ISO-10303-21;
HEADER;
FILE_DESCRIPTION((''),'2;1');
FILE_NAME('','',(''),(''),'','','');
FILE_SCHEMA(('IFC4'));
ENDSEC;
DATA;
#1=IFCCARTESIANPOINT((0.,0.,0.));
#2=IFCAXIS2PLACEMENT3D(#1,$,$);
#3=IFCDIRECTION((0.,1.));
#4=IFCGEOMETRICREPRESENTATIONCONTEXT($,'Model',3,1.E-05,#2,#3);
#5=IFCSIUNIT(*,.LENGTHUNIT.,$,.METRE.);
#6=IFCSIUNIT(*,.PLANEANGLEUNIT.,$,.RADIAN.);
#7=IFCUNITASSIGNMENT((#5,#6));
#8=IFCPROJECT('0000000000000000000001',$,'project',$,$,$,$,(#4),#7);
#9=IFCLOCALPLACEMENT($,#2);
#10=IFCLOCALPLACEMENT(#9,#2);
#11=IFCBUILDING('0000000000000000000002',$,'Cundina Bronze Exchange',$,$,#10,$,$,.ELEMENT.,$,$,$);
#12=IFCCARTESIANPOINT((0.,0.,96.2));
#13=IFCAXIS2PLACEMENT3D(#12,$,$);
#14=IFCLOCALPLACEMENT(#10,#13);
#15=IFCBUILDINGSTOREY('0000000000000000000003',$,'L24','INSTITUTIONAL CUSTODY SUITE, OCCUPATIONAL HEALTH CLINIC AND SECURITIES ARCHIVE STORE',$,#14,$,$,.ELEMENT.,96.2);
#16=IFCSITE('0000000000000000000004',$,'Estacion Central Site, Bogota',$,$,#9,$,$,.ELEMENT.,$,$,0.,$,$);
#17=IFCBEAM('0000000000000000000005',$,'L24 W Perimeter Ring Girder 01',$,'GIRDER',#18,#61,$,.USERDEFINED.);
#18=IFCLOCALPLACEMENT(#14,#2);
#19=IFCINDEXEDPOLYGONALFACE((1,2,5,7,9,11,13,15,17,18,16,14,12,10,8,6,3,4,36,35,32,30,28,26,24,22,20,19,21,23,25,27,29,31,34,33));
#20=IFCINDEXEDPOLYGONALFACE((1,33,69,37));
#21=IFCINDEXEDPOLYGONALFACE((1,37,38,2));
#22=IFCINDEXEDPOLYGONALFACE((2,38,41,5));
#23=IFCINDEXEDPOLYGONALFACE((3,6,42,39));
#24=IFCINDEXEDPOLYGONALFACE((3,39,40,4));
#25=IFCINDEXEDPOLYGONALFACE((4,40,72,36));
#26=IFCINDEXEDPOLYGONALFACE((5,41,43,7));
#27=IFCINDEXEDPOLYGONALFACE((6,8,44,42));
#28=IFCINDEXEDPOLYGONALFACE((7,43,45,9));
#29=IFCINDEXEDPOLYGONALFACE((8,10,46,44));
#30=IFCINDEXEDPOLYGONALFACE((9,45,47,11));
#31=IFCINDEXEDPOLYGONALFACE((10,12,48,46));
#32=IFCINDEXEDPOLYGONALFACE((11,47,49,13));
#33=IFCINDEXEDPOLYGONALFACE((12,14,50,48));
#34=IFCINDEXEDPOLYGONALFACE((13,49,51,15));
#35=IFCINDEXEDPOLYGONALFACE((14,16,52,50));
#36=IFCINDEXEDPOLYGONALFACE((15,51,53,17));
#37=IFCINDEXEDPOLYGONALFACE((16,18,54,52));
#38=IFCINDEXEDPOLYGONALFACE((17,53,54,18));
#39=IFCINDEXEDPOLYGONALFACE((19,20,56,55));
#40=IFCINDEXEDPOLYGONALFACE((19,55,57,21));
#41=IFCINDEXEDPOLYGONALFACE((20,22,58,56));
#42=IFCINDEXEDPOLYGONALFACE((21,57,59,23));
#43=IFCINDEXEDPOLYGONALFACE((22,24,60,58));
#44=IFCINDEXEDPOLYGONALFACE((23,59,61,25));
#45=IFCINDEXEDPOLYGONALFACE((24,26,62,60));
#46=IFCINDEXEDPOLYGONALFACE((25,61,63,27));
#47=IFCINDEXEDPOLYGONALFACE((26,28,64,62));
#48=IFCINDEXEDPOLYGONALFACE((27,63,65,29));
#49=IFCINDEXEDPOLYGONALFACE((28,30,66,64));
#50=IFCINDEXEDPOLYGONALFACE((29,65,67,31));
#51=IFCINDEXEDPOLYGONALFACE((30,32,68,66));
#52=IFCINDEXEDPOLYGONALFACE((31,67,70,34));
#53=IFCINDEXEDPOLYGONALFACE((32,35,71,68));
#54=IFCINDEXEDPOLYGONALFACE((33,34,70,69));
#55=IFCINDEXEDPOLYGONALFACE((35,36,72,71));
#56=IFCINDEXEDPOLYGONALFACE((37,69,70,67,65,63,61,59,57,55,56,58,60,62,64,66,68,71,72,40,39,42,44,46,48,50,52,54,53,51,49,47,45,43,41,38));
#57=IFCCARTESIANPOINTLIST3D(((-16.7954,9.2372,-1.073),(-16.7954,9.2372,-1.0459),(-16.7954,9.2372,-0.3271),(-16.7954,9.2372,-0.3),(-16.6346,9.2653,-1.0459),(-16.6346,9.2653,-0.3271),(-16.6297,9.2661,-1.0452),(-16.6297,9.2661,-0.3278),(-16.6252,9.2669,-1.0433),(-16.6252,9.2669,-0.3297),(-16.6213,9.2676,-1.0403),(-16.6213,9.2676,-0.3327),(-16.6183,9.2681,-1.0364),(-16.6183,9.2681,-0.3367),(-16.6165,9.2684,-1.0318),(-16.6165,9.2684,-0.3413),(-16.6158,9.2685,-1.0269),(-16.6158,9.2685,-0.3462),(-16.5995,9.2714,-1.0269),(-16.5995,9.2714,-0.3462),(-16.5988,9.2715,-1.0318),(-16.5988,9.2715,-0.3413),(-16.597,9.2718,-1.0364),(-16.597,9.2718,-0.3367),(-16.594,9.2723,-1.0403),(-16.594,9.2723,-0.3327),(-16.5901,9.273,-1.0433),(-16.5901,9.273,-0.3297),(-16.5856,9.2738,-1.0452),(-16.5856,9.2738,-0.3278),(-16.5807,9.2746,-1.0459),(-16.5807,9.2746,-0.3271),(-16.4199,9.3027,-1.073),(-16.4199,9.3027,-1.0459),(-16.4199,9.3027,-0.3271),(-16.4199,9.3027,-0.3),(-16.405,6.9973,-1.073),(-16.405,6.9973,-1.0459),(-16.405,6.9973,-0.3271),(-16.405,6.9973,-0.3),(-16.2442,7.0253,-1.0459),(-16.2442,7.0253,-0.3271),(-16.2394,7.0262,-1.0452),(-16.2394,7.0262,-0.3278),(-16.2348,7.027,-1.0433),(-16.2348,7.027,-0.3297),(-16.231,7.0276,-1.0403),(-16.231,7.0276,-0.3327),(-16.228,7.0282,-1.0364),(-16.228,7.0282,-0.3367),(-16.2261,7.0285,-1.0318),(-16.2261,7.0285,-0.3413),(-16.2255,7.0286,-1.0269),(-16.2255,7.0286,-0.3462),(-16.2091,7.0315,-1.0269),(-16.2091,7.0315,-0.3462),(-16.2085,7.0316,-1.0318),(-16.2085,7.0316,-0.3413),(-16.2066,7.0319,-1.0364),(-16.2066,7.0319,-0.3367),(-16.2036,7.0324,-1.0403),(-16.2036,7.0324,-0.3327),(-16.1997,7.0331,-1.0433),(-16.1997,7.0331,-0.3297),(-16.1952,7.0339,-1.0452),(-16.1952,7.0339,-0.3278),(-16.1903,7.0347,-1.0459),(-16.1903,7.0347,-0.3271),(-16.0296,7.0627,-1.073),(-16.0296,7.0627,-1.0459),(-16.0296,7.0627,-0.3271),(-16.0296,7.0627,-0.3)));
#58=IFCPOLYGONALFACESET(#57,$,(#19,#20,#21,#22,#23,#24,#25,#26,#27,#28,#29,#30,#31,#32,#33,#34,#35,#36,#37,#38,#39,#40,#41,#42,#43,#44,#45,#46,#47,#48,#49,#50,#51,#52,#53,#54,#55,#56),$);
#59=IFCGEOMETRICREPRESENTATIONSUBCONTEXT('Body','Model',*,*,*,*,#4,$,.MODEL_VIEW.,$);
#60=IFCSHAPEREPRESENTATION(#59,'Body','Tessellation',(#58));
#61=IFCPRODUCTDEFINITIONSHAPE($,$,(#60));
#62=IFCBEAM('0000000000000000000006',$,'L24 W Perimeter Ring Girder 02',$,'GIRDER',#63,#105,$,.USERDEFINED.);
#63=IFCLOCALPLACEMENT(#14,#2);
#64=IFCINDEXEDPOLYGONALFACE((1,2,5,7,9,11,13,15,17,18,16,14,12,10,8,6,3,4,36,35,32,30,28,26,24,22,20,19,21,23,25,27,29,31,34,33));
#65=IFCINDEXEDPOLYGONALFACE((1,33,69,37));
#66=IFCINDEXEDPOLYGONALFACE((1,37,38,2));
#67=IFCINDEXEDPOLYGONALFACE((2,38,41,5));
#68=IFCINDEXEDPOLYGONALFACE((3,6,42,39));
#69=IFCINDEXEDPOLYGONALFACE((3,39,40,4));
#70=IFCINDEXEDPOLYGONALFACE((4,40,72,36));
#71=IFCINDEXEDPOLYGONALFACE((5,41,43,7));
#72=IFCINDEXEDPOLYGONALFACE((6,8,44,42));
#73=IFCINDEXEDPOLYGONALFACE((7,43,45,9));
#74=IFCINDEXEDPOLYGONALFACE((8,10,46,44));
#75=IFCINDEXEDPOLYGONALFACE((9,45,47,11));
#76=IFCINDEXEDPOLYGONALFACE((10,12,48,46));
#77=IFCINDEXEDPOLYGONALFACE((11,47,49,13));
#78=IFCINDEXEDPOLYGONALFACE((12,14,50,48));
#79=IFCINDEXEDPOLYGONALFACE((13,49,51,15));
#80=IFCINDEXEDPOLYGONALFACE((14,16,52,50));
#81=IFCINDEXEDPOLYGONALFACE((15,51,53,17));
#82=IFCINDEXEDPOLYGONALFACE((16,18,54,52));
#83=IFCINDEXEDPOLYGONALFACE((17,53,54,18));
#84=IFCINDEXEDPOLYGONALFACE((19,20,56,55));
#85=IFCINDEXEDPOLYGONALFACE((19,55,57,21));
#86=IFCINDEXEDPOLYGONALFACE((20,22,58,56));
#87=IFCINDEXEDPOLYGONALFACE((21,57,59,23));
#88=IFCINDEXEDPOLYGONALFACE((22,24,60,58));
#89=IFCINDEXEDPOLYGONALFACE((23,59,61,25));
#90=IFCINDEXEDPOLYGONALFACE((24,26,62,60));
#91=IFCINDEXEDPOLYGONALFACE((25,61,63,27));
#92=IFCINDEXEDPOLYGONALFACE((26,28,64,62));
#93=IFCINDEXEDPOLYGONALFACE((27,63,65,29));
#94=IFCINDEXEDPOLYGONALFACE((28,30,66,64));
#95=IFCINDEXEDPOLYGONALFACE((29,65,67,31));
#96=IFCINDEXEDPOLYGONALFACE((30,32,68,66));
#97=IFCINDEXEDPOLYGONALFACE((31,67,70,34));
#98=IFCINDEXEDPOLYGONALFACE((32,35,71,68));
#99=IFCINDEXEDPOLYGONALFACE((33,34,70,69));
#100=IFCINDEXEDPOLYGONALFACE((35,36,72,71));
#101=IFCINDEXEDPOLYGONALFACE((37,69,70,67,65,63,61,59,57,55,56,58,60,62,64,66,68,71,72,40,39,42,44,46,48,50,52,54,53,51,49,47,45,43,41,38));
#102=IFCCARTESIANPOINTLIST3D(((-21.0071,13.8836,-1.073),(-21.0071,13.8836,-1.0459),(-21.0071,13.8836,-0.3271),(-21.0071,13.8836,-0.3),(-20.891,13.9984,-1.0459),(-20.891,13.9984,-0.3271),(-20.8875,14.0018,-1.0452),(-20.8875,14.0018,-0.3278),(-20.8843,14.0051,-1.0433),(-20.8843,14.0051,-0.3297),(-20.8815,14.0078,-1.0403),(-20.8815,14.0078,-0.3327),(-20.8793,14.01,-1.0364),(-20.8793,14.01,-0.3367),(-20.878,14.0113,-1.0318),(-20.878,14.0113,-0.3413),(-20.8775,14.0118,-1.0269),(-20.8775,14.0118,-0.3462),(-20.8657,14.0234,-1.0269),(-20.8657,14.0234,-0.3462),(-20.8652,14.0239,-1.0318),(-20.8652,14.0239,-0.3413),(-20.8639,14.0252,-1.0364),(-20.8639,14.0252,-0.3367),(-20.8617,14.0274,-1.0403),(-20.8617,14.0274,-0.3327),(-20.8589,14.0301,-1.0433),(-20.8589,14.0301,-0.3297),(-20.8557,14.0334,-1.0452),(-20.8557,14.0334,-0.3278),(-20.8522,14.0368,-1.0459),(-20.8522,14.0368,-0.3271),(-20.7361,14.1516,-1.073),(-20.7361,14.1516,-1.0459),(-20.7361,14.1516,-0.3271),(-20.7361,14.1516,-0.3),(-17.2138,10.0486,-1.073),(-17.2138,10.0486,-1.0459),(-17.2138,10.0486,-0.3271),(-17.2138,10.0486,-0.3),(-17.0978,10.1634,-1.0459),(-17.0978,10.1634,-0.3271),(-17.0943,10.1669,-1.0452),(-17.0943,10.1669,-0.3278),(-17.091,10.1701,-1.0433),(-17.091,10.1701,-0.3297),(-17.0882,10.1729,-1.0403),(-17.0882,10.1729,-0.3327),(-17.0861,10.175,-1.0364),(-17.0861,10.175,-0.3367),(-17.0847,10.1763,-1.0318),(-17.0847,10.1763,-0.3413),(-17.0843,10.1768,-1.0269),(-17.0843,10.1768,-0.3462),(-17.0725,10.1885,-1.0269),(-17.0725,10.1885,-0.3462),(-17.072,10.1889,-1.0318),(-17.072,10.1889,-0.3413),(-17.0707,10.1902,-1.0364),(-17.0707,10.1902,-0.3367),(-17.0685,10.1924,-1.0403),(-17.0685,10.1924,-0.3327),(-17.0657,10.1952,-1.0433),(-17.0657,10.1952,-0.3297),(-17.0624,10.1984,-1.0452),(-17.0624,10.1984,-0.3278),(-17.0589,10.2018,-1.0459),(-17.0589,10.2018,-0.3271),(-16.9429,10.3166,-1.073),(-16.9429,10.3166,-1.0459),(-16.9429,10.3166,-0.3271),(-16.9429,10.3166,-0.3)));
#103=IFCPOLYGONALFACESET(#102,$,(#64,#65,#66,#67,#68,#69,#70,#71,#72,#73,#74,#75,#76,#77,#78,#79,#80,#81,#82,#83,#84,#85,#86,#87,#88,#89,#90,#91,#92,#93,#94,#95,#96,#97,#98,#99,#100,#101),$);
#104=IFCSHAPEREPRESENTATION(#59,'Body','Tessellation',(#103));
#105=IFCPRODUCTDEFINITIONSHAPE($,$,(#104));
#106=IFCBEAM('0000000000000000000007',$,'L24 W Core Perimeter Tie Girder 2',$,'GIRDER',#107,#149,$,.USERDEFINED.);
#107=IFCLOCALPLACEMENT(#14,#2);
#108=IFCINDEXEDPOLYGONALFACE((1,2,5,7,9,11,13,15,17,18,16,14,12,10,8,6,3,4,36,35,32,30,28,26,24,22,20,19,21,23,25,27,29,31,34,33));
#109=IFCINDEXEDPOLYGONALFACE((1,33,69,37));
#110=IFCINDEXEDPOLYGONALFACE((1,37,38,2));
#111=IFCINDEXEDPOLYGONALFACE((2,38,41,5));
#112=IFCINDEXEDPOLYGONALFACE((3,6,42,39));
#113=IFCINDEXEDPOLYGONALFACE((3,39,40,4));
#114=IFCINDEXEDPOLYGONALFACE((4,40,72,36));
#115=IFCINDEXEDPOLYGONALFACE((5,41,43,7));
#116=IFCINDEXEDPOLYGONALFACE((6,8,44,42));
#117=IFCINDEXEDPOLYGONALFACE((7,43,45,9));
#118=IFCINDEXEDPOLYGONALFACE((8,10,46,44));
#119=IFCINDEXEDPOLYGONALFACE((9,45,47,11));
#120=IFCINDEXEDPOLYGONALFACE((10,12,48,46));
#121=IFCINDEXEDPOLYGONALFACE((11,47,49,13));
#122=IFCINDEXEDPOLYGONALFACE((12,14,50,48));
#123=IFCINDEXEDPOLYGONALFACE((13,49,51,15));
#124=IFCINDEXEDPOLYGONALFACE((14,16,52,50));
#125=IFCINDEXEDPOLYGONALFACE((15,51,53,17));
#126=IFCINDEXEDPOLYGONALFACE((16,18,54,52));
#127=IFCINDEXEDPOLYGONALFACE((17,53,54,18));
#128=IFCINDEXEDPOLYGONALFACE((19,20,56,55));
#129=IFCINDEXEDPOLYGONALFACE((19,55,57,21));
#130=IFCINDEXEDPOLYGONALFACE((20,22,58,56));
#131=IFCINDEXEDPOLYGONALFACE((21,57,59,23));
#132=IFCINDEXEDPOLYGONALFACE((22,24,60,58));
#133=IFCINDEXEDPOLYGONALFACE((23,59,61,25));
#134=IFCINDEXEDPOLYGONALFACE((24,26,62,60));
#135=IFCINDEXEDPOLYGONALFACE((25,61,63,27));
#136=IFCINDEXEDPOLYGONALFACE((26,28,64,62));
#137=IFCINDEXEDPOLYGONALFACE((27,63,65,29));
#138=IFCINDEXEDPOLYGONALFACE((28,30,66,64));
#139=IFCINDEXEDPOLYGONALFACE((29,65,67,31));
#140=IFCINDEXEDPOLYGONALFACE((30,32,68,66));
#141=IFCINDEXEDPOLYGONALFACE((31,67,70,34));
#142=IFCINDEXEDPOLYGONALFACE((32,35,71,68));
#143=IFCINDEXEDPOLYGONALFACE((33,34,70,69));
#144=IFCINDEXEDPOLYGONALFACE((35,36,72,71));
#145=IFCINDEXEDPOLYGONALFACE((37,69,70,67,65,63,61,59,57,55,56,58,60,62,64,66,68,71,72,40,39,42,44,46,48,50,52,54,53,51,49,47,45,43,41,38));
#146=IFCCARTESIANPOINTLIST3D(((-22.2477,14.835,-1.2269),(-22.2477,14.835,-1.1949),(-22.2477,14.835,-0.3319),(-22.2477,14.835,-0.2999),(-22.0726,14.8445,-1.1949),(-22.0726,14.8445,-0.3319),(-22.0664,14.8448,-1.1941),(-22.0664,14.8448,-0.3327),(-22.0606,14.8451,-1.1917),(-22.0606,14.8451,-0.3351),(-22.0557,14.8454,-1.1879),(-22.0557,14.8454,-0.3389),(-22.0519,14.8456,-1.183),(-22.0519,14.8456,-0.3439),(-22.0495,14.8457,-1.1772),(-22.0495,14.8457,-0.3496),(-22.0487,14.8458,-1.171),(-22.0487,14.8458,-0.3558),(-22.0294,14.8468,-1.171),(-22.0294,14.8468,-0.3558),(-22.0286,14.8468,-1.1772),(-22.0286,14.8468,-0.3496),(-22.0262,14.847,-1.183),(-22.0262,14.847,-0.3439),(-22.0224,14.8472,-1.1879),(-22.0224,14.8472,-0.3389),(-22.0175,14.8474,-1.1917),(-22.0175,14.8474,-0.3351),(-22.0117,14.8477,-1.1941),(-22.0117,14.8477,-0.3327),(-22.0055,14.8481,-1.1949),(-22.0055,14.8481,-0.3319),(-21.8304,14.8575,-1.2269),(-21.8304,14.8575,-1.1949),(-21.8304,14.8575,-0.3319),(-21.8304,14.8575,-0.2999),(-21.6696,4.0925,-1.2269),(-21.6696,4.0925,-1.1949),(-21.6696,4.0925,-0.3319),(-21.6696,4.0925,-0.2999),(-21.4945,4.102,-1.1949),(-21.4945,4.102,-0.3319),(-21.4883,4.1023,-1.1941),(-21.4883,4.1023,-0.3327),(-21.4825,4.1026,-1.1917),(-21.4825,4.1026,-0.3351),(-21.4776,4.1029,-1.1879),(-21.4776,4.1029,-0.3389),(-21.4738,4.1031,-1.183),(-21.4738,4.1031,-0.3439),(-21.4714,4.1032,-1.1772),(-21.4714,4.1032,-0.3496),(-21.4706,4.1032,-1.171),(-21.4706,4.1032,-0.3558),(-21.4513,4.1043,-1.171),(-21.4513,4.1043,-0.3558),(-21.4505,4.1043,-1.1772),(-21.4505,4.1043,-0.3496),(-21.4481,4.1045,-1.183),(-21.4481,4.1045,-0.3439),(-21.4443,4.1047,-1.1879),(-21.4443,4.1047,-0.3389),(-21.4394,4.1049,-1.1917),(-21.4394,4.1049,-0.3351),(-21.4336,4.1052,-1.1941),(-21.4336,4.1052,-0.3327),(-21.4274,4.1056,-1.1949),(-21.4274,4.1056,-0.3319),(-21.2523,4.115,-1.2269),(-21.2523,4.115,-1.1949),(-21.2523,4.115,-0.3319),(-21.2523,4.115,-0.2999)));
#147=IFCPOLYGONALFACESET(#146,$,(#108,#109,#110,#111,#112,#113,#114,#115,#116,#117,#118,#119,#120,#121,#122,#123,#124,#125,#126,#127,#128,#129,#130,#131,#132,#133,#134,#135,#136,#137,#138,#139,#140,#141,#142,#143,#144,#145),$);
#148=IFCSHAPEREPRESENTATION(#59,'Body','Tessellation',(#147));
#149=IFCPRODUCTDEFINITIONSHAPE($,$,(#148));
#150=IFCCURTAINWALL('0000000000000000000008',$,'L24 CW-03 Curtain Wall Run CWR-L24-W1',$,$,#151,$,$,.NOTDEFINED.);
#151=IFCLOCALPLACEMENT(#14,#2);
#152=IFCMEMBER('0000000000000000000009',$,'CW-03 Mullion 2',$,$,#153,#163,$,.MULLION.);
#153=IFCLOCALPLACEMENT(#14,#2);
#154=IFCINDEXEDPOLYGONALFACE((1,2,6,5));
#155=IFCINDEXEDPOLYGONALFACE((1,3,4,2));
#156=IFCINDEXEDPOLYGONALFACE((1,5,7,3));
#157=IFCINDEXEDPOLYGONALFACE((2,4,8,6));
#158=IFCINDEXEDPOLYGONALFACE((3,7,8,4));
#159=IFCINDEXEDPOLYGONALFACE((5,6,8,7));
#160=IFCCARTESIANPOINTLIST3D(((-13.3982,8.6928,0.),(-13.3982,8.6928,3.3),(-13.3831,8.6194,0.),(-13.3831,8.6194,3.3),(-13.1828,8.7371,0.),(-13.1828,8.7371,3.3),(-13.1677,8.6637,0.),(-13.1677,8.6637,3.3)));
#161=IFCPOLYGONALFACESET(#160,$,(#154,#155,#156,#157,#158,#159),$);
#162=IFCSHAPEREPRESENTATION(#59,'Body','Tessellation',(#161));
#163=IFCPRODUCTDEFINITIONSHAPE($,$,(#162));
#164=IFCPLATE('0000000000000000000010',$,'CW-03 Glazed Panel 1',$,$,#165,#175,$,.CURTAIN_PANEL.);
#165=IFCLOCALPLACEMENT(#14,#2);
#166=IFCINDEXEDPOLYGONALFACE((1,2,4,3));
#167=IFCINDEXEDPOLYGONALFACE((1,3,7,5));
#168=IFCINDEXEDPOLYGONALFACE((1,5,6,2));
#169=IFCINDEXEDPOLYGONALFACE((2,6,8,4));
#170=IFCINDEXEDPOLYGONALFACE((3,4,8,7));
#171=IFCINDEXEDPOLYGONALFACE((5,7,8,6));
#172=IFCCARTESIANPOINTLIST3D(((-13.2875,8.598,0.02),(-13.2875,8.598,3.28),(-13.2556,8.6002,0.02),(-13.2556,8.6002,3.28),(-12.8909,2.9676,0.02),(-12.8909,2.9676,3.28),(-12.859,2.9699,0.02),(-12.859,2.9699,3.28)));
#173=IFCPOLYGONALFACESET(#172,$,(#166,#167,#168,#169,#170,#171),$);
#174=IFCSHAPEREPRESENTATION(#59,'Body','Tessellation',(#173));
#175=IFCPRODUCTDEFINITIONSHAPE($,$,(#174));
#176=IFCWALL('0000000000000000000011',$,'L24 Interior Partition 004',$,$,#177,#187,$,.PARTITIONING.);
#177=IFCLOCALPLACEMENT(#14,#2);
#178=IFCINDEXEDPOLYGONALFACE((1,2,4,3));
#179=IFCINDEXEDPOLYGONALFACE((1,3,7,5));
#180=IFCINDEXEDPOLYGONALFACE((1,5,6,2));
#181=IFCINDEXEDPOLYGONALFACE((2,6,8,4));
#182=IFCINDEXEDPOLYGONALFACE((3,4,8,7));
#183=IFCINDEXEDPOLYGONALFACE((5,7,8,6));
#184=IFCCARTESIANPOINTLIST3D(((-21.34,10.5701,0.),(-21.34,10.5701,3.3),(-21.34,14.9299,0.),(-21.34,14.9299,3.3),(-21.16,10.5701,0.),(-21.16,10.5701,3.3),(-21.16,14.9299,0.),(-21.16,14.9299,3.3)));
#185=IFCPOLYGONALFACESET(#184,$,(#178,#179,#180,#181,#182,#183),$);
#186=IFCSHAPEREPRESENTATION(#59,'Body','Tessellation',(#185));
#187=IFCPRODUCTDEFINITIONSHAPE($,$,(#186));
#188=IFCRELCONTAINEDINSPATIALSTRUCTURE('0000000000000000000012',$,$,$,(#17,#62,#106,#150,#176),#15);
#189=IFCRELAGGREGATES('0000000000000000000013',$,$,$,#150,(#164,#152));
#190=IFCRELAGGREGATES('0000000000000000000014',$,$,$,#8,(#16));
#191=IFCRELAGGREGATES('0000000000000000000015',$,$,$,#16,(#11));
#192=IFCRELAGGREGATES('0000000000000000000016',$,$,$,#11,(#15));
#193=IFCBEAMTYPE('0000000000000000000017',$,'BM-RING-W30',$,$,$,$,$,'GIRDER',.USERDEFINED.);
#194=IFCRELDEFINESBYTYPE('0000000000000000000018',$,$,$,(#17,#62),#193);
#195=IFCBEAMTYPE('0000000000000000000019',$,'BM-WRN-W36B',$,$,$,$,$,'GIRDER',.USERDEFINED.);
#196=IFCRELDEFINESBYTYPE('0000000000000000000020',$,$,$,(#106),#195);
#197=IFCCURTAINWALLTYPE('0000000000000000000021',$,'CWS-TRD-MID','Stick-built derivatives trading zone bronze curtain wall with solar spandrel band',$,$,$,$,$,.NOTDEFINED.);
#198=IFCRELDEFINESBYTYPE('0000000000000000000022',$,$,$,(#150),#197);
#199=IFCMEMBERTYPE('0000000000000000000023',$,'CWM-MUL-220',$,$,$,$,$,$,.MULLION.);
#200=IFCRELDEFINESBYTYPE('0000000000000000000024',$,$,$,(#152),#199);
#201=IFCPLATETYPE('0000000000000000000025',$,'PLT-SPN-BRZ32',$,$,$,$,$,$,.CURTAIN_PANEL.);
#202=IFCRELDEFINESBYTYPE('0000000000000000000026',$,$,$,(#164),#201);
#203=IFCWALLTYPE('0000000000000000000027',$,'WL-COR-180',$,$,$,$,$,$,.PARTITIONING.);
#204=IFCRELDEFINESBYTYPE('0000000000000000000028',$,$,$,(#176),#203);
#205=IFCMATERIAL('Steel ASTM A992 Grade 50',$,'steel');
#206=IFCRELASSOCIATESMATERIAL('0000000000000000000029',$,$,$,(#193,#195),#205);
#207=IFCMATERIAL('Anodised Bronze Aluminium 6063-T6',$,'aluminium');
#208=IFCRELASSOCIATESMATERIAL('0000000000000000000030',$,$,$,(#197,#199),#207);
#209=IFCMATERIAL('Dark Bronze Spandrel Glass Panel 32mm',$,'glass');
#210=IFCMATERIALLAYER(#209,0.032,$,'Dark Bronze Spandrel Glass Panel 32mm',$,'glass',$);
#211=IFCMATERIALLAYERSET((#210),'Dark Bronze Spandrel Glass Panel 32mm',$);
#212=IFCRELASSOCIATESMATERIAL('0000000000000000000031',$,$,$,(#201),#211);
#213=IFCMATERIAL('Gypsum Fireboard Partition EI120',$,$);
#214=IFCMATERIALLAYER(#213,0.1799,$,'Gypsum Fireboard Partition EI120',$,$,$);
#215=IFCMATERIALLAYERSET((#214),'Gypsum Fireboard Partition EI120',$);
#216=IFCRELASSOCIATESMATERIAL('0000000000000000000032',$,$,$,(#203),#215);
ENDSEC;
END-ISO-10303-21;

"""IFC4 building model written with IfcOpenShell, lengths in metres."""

from ifc_helpers import new_model, si_unit, direction, frame, frame_2d, origin, origin_2d, place, context, subcontext, project, spatial, rectangle, i_section, extrude, material, layer, layer_set, material_profile, profile_set, type_object, element, aggregate, save


model = new_model("IFC4")

# Units and contexts
model_context = context("Model", 3, precision=1e-05, world=origin(), true_north=direction((0.0, 1.0)))
body_context = subcontext(model_context, "Body", "Model", "MODEL_VIEW")
ifc_project = project(units=[si_unit("LENGTHUNIT", "METRE"), si_unit("PLANEANGLEUNIT", "RADIAN")], contexts=[model_context])

# Site, building, storey
site_placement = place(None, origin())
site = spatial("IfcSite", under=ifc_project, at=site_placement, Name="Estacion Central Site, Bogota", CompositionType="ELEMENT", RefElevation=0.0)
building_placement = place(site_placement, origin())
building = spatial("IfcBuilding", under=site, at=building_placement, Name="Cundina Bronze Exchange", CompositionType="ELEMENT")
storey_placement = place(building_placement, frame((0.0, 0.0, 96.2)))
storey = spatial("IfcBuildingStorey", under=building, at=storey_placement, Name="L24", Description="INSTITUTIONAL CUSTODY SUITE, OCCUPATIONAL HEALTH CLINIC AND SECURITIES ARCHIVE STORE", CompositionType="ELEMENT", Elevation=96.2)

# Beams
ifc_material_1 = material(Name="Steel ASTM A992 Grade 50", Category="steel")
ifc_material_profile_1 = material_profile(ifc_material_1, i_section(OverallWidth=0.3811, OverallDepth=0.7729, WebThickness=0.0166, FlangeThickness=0.0271, FilletRadius=0.019, at=origin_2d()), Name="W30X173", Category="steel")
ifc_profile_set_1 = profile_set([ifc_material_profile_1], Name="Steel ASTM A992 Grade 50")
beam_type_1 = type_object("IfcBeamType", Name="BM-RING-W30", ElementType="GIRDER", PredefinedType="USERDEFINED", material=ifc_profile_set_1)
beam_1_placement = place(storey_placement, frame((-16.2173, 7.03, -0.6865), z_axis=(-0.17169, 0.985151, 0.0), x_axis=(-0.985151, -0.17169, 0.0)))
element("IfcBeam", 1, at=beam_1_placement, inside=storey, type_object=beam_type_1, Name="L24 W Perimeter Ring Girder 01", ObjectType="GIRDER", PredefinedType="USERDEFINED", context=body_context, shape_type="SweptSolid", body=[
    extrude(i_section(OverallWidth=0.3811, OverallDepth=0.7729, WebThickness=0.0166, FlangeThickness=0.0271, FilletRadius=0.019, at=origin_2d()), origin(), (0.0, 0.0, 1.0), 2.2737),
])
beam_2_placement = place(storey_placement, frame((-17.0784, 10.1826, -0.6865), z_axis=(-0.703226, 0.710966, 0.0), x_axis=(-0.710966, -0.703226, 0.0)))
element("IfcBeam", 2, at=beam_2_placement, inside=storey, type_object=beam_type_1, Name="L24 W Perimeter Ring Girder 02", ObjectType="GIRDER", PredefinedType="USERDEFINED", context=body_context, shape_type="SweptSolid", body=[
    extrude(i_section(OverallWidth=0.3811, OverallDepth=0.7729, WebThickness=0.0166, FlangeThickness=0.0271, FilletRadius=0.019, at=origin_2d()), origin(), (0.0, 0.0, 1.0), 5.394),
])
ifc_material_profile_2 = material_profile(ifc_material_1, i_section(OverallWidth=0.418, OverallDepth=0.927, WebThickness=0.0193, FlangeThickness=0.032, FilletRadius=0.0239, at=origin_2d()), Name="W36X231", Category="steel")
ifc_profile_set_2 = profile_set([ifc_material_profile_2], Name="Steel ASTM A992 Grade 50")
beam_type_2 = type_object("IfcBeamType", Name="BM-WRN-W36B", ElementType="GIRDER", PredefinedType="USERDEFINED", material=ifc_profile_set_2)
beam_3_placement = place(storey_placement, frame((-21.4609, 4.1038, -0.7634), z_axis=(-0.053739, 0.998555, 0.0), x_axis=(-0.998555, -0.053739, 0.0)))
element("IfcBeam", 3, at=beam_3_placement, inside=storey, type_object=beam_type_2, Name="L24 W Core Perimeter Tie Girder 2", ObjectType="GIRDER", PredefinedType="USERDEFINED", context=body_context, shape_type="SweptSolid", body=[
    extrude(i_section(OverallWidth=0.418, OverallDepth=0.927, WebThickness=0.0193, FlangeThickness=0.032, FilletRadius=0.0239, at=origin_2d()), origin(), (0.0, 0.0, 1.0), 10.7581),
])

# Curtain wall, member, plate
ifc_material_2 = material(Name="Anodised Bronze Aluminium 6063-T6", Category="aluminium")
curtain_wall_type = type_object("IfcCurtainWallType", Name="CWS-TRD-MID", Description="Stick-built derivatives trading zone bronze curtain wall with solar spandrel band", PredefinedType="NOTDEFINED", material=ifc_material_2)
curtain_wall_placement = place(storey_placement, origin())
curtain_wall = element("IfcCurtainWall", 4, at=curtain_wall_placement, inside=storey, type_object=curtain_wall_type, Name="L24 CW-03 Curtain Wall Run CWR-L24-W1", PredefinedType="NOTDEFINED")
ifc_material_profile_3 = material_profile(ifc_material_2, rectangle(XDim=0.075, YDim=0.22, at=origin_2d()), Name="AL75X220", Category="aluminium")
ifc_profile_set_3 = profile_set([ifc_material_profile_3], Name="Anodised Bronze Aluminium 6063-T6")
member_type = type_object("IfcMemberType", Name="CWM-MUL-220", PredefinedType="MULLION", material=ifc_profile_set_3)
member_placement = place(storey_placement, frame((-13.283, 8.6782, 0.0), z_axis=(0.0, 0.0, 1.0), x_axis=(-0.20142, 0.979505, 0.0)))
member = element("IfcMember", 5, at=member_placement, type_object=member_type, Name="CW-03 Mullion 2", PredefinedType="MULLION", context=body_context, shape_type="SweptSolid", body=[
    extrude(rectangle(XDim=0.075, YDim=0.22, at=origin_2d()), origin(), (0.0, 0.0, 1.0), 3.3),
])
ifc_material_3 = material(Name="Dark Bronze Spandrel Glass Panel 32mm", Category="glass")
ifc_layer_1 = layer(ifc_material_3, 0.032, Name="Dark Bronze Spandrel Glass Panel 32mm", Category="glass")
ifc_layer_set_1 = layer_set([ifc_layer_1], Name="Dark Bronze Spandrel Glass Panel 32mm")
plate_type = type_object("IfcPlateType", Name="PLT-SPN-BRZ32", PredefinedType="CURTAIN_PANEL", material=ifc_layer_set_1)
plate_placement = place(storey_placement, frame((-13.0732, 5.7839, 0.02), z_axis=(0.0, 0.0, 1.0), x_axis=(-0.070279, 0.997527, 0.0)))
plate = element("IfcPlate", 6, at=plate_placement, type_object=plate_type, Name="CW-03 Glazed Panel 1", PredefinedType="CURTAIN_PANEL", context=body_context, shape_type="SweptSolid", body=[
    extrude(rectangle(XDim=5.6443, YDim=0.032, at=origin_2d()), origin(), (0.0, 0.0, 1.0), 3.26),
])
aggregate(curtain_wall, [plate, member])

# Wall
ifc_material_4 = material(Name="Gypsum Fireboard Partition EI120")
ifc_layer_2 = layer(ifc_material_4, 0.1799, Name="Gypsum Fireboard Partition EI120")
ifc_layer_set_2 = layer_set([ifc_layer_2], Name="Gypsum Fireboard Partition EI120")
wall_type_1 = type_object("IfcWallType", Name="WL-COR-180", PredefinedType="PARTITIONING", material=ifc_layer_set_2)
wall_1_placement = place(storey_placement, frame((-21.25, 10.5701, 0.0), z_axis=(0.0, 0.0, 1.0), x_axis=(0.0, 1.0, 0.0)))
element("IfcWall", 7, at=wall_1_placement, inside=storey, type_object=wall_type_1, Name="L24 Interior Partition 004", PredefinedType="PARTITIONING", context=body_context, shape_type="SweptSolid", body=[
    extrude(rectangle(XDim=4.3599, YDim=0.1799, at=frame_2d((2.1799, 0.0))), origin(), (0.0, 0.0, 1.0), 3.3),
])

save(model, "model.ifc")
